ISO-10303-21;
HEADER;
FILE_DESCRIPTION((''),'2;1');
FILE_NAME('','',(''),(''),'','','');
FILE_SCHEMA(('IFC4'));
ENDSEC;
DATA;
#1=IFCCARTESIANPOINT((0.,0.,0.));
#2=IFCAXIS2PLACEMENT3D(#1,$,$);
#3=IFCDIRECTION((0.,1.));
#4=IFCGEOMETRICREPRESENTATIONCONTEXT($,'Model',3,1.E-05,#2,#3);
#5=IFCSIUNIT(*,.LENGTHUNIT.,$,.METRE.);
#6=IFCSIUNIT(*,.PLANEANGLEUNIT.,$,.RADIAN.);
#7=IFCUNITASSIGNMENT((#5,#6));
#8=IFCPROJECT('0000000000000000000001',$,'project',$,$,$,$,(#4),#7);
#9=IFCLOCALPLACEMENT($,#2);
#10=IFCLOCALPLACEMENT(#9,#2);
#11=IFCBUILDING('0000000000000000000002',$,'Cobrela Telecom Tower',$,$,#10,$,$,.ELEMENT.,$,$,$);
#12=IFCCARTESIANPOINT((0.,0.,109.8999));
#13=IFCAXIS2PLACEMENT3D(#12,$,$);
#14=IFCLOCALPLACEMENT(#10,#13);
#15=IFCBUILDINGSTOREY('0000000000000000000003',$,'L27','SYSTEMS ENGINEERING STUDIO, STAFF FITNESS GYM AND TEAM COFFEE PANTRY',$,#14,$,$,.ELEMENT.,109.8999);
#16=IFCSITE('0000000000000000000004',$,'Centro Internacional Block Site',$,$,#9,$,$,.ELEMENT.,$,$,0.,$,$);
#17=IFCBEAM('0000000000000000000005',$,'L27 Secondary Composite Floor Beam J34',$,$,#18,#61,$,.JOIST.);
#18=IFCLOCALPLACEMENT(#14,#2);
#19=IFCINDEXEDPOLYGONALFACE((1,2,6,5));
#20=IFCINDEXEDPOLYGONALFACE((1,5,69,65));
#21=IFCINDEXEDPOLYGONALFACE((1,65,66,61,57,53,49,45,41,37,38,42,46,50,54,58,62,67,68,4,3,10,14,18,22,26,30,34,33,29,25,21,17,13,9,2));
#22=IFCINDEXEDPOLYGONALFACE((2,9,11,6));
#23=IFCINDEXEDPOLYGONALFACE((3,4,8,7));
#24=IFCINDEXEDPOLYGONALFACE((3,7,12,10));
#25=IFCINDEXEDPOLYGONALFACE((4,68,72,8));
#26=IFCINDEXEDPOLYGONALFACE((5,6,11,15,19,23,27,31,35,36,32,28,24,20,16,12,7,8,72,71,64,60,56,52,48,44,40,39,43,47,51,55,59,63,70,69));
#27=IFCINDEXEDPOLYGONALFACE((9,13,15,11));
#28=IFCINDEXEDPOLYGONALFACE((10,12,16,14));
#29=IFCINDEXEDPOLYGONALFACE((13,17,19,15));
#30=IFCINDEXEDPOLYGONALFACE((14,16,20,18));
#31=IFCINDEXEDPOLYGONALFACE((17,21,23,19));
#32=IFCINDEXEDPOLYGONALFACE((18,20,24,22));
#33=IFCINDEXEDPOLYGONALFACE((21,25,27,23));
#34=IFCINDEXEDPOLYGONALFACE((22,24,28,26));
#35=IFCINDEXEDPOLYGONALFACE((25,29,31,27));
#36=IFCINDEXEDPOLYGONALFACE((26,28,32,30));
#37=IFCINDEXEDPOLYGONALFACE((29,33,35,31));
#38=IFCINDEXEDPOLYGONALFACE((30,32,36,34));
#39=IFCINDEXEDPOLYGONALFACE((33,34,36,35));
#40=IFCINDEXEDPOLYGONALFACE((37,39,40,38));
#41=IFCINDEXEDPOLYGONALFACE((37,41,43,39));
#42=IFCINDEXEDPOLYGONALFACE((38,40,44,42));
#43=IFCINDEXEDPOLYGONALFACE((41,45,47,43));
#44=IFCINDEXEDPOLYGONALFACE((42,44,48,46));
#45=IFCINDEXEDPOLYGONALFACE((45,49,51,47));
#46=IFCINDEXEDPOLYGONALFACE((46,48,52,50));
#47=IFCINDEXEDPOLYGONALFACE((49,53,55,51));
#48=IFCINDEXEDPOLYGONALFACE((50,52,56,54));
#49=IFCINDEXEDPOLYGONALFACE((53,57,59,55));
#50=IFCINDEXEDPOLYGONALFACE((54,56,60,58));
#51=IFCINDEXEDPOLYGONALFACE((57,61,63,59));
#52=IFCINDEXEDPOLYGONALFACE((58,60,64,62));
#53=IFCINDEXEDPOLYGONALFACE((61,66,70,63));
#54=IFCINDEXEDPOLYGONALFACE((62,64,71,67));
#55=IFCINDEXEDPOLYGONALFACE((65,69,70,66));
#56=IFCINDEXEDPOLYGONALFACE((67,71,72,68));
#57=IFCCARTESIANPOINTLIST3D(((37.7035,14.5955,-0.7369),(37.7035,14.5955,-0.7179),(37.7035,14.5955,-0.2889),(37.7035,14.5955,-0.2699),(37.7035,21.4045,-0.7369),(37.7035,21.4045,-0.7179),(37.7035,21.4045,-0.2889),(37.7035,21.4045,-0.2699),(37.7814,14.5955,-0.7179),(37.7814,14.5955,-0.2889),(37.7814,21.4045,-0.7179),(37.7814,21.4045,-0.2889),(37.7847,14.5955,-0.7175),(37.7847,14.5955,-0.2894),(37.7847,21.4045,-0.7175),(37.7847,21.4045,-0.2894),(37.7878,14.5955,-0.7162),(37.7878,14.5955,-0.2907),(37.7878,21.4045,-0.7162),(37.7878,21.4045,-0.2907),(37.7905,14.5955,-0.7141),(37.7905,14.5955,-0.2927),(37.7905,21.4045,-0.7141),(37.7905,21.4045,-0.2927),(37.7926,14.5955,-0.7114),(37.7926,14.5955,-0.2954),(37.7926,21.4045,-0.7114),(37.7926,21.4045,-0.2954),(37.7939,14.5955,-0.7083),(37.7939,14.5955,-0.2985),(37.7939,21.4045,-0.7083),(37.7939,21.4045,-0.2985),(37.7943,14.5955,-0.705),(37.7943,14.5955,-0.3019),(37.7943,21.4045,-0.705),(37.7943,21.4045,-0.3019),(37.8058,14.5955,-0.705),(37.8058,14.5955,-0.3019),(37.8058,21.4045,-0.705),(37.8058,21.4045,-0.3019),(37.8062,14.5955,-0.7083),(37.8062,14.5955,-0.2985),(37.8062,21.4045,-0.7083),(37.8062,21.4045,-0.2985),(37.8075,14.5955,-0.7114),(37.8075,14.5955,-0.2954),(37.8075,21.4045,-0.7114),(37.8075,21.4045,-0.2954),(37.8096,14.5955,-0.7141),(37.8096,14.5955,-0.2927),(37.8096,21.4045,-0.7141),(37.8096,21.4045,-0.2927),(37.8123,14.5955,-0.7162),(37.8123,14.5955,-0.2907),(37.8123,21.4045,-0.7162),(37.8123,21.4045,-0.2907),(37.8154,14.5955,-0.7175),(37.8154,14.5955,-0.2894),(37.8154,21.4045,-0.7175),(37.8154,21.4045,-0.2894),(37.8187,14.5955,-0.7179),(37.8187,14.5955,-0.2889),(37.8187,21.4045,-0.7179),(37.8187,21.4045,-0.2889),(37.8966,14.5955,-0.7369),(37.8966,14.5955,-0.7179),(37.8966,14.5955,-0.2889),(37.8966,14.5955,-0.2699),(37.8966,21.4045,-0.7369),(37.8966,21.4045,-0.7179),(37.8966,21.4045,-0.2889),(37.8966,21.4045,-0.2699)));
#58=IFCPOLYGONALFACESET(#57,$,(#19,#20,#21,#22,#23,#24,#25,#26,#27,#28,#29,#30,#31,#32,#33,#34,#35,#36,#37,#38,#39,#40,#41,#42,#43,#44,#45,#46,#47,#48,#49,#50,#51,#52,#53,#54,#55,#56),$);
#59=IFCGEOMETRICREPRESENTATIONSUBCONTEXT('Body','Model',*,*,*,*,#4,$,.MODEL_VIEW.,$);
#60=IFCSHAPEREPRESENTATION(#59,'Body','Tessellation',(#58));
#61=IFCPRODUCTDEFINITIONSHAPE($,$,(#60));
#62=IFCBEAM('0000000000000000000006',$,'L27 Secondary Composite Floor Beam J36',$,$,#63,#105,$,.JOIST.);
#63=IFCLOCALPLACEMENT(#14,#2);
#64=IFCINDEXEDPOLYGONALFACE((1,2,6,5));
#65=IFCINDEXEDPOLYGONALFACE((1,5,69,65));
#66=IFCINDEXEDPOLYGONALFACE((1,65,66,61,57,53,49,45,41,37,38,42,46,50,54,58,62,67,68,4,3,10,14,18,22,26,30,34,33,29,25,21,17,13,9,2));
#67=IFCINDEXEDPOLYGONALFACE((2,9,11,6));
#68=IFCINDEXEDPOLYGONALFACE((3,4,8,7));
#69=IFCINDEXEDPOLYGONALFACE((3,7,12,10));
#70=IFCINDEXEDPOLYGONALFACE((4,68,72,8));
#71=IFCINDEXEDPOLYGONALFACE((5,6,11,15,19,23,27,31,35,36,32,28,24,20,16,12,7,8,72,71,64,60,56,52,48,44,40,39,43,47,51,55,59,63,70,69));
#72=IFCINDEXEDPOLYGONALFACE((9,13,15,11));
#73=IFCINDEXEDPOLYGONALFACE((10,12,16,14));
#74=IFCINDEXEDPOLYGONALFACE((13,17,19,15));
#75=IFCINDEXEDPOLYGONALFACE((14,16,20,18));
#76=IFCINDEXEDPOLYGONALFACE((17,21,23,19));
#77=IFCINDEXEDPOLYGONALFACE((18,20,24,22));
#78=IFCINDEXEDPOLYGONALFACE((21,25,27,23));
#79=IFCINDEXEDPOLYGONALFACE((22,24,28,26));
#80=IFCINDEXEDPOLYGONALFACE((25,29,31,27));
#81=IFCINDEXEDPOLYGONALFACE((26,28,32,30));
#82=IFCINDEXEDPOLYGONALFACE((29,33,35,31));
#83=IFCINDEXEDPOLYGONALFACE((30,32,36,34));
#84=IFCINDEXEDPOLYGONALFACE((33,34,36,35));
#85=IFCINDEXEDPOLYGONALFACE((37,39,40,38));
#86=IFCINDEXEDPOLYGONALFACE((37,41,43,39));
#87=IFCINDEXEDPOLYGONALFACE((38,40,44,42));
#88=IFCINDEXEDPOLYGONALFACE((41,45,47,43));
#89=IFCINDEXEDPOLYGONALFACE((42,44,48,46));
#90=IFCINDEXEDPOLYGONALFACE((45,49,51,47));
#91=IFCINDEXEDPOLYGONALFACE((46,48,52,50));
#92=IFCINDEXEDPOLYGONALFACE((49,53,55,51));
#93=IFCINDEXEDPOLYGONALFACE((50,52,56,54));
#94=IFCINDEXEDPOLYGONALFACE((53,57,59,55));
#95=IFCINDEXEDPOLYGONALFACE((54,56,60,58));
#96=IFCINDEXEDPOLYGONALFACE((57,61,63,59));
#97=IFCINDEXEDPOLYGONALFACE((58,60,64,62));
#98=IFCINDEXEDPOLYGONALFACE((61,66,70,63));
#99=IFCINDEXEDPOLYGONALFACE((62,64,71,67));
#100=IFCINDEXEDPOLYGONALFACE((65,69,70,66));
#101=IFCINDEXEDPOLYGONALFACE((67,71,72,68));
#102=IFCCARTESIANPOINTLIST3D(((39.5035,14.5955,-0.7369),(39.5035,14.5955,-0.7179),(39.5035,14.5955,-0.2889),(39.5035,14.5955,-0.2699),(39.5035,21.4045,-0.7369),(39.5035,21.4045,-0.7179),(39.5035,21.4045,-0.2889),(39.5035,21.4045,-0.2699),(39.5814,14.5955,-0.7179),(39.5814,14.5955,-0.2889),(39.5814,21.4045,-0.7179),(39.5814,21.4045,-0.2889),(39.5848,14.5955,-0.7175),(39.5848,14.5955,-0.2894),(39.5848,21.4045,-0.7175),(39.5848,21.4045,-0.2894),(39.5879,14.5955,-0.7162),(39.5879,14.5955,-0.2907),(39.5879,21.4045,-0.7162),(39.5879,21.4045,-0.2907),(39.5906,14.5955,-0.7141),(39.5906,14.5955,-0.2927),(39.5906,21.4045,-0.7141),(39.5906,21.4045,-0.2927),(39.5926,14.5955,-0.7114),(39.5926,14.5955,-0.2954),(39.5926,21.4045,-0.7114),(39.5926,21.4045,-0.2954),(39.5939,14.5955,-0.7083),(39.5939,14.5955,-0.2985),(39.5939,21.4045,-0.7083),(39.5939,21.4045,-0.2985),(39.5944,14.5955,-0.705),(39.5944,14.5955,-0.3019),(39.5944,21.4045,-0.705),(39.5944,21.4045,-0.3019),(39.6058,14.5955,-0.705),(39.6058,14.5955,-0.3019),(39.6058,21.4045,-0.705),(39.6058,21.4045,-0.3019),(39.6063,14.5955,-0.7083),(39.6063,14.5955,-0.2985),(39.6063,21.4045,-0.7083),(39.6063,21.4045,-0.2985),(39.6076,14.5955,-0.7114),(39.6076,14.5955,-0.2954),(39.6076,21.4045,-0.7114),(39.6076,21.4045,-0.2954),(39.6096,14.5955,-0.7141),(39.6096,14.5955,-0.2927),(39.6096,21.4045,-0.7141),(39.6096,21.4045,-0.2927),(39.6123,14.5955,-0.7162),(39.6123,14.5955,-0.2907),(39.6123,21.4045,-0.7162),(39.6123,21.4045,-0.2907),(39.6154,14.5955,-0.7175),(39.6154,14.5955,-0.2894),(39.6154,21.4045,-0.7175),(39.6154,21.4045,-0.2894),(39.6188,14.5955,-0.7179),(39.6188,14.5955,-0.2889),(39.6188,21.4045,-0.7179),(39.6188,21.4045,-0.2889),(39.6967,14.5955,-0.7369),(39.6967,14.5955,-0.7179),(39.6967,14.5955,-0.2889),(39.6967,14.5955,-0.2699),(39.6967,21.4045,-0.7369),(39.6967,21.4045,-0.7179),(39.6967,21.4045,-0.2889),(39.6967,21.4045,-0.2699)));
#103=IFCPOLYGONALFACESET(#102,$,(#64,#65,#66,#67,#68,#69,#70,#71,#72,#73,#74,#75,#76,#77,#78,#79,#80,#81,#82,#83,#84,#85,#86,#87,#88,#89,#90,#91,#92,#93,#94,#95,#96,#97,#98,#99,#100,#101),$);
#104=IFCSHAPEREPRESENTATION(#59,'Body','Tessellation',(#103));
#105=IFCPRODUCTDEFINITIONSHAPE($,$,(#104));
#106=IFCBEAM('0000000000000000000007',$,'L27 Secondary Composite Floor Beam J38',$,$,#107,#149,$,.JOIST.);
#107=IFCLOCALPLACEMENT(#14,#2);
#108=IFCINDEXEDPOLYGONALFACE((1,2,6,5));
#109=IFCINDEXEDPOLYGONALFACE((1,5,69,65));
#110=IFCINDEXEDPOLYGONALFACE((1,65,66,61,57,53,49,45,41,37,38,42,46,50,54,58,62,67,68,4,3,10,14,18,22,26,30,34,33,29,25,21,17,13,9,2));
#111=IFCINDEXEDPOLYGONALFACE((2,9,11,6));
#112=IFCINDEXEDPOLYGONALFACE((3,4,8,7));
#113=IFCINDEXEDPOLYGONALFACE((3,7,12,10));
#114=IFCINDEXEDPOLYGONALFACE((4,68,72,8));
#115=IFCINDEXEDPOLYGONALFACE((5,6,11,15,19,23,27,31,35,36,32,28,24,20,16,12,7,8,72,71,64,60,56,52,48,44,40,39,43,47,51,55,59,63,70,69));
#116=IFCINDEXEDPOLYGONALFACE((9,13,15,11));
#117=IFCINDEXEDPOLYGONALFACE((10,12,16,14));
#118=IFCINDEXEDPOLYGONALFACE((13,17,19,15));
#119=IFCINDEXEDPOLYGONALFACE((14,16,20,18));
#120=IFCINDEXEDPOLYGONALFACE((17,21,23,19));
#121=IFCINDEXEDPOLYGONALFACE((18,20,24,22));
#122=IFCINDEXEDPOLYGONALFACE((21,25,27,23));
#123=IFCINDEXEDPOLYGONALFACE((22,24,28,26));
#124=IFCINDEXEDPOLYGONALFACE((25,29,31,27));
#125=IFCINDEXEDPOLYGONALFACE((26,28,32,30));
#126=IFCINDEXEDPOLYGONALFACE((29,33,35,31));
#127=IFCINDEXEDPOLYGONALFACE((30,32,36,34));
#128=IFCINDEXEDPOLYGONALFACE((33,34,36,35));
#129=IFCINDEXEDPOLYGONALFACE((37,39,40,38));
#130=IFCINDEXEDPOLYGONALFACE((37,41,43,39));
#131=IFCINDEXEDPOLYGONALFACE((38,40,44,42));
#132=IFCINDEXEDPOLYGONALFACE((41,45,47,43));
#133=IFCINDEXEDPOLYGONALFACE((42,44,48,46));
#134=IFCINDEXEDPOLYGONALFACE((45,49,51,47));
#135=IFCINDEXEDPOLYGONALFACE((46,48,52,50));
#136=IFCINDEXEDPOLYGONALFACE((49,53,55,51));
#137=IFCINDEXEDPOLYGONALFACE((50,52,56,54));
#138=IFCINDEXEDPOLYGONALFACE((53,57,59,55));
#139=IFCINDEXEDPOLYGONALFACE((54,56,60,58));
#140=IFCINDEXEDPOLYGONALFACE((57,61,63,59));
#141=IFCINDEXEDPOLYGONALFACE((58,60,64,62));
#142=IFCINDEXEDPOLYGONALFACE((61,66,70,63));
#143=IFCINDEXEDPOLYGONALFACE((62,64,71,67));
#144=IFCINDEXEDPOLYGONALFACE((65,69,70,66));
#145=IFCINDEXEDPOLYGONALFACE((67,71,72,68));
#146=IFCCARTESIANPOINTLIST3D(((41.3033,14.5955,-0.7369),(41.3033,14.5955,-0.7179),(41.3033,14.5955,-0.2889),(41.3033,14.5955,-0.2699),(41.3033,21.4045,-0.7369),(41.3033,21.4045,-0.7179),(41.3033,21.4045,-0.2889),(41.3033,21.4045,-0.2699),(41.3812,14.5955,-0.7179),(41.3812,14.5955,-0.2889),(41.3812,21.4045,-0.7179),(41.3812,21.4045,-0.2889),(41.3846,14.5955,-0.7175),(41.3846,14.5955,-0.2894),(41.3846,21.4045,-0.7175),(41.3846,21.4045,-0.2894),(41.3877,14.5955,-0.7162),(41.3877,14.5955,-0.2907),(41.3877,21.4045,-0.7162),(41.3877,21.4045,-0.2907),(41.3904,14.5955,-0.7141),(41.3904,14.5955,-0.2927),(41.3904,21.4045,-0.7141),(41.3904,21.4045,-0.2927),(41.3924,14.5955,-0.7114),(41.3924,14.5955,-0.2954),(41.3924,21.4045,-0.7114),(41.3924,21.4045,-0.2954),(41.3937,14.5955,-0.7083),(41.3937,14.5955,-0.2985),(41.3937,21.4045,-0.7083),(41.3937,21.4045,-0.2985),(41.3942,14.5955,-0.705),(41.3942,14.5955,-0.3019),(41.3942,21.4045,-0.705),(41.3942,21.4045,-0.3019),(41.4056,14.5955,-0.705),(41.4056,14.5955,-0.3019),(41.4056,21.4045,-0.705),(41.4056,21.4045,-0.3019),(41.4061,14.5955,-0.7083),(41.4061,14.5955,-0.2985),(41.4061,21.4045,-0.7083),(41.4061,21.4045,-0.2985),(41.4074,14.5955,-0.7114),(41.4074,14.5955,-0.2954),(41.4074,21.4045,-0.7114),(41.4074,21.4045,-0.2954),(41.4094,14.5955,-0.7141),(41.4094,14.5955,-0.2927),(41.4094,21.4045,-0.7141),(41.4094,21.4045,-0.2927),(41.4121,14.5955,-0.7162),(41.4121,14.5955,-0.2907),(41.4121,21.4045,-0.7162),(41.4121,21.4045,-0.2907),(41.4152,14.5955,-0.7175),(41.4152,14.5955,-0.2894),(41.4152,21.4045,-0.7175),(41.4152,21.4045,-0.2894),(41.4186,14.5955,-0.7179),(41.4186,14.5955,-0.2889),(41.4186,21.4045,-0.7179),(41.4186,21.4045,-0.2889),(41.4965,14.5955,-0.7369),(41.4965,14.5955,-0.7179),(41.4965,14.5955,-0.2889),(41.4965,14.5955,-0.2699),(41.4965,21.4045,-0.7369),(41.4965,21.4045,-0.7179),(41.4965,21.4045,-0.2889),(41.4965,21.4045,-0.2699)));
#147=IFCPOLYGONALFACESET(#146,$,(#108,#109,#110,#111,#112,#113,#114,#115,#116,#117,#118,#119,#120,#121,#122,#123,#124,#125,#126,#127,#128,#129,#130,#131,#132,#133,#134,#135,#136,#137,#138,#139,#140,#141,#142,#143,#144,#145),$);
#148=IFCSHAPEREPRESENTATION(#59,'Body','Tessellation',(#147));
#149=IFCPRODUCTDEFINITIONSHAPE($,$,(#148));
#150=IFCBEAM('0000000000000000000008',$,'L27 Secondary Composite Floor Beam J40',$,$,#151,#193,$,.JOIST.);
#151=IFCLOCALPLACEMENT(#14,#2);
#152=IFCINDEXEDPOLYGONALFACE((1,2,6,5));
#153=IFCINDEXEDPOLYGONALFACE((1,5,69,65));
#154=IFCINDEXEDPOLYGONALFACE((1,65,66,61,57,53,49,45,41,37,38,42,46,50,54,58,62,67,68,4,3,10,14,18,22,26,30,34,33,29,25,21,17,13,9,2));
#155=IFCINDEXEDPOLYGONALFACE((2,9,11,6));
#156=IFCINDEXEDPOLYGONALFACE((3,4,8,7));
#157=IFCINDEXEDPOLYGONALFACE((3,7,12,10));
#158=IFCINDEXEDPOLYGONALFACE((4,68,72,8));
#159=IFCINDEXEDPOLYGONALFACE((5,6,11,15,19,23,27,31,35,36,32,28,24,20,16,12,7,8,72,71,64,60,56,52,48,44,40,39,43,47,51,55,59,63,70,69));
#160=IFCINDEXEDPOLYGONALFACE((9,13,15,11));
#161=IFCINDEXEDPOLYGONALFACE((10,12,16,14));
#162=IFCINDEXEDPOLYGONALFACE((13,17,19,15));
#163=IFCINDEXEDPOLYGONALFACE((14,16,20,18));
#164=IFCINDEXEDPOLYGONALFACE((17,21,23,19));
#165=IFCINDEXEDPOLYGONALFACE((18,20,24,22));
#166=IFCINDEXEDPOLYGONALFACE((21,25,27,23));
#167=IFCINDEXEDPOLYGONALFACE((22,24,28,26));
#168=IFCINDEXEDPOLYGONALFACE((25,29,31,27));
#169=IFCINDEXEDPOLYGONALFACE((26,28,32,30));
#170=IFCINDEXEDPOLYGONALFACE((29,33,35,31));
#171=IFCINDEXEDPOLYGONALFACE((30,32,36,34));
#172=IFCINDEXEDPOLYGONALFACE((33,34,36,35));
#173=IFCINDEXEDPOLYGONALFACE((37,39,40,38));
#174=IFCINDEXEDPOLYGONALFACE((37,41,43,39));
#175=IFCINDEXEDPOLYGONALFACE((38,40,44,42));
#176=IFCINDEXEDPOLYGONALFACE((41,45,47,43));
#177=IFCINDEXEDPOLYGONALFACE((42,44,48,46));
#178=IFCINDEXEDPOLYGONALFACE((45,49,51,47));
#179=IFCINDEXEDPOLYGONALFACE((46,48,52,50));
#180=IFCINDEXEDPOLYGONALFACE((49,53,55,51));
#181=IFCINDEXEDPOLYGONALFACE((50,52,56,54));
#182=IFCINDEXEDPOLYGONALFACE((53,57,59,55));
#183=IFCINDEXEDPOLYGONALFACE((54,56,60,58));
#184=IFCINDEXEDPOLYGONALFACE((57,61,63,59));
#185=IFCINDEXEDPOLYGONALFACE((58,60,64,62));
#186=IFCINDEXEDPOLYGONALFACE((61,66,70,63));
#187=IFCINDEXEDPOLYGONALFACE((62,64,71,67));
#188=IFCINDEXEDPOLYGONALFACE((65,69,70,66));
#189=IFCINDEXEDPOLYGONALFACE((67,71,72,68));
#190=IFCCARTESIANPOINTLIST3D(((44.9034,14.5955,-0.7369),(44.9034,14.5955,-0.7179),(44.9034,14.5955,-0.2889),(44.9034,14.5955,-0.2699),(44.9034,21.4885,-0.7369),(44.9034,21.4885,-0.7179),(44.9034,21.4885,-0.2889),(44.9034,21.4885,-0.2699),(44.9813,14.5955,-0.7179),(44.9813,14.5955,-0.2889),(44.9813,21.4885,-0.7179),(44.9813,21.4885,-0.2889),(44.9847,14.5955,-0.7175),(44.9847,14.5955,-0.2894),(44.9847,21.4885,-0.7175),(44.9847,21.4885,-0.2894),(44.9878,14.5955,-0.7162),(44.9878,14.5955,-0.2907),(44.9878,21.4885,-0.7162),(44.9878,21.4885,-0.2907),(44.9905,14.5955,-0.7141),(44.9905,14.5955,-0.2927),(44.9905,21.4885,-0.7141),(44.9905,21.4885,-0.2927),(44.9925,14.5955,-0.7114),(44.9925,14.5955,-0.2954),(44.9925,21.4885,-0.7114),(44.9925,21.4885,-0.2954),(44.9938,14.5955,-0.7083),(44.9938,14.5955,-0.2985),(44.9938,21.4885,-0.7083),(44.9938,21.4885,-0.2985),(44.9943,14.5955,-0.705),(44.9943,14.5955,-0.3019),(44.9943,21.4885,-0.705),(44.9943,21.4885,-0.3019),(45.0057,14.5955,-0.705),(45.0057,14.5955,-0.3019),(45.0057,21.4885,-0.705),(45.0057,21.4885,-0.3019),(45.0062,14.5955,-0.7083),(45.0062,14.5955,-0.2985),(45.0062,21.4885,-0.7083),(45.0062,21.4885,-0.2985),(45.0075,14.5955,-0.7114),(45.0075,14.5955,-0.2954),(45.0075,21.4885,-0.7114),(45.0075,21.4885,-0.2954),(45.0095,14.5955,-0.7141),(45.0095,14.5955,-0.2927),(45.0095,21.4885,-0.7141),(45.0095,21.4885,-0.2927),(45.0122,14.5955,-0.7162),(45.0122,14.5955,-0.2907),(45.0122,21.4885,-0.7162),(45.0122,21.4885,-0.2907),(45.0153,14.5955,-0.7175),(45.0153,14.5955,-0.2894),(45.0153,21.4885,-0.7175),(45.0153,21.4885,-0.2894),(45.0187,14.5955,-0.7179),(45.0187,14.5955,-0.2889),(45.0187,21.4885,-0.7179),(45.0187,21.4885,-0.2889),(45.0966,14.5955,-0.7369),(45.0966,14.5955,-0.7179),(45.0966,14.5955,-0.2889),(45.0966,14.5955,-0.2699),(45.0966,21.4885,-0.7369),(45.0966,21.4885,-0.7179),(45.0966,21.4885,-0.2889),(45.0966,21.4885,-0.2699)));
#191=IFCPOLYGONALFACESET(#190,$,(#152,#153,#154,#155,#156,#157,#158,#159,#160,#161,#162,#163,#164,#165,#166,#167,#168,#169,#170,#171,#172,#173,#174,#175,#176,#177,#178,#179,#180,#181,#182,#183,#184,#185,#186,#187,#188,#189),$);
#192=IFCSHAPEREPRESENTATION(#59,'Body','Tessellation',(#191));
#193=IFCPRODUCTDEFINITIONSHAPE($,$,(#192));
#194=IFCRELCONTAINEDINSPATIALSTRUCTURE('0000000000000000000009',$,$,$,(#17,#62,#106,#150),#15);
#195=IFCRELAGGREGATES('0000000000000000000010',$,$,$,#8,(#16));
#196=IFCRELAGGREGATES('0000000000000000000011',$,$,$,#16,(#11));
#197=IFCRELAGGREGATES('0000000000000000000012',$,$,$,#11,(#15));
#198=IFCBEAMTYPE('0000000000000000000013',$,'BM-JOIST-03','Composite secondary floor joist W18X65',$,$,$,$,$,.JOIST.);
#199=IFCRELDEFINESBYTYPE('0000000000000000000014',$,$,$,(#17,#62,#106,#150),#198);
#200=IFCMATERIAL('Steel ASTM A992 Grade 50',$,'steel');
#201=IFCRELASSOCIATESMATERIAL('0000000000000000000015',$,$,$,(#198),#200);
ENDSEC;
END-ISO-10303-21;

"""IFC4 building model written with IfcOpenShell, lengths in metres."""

from ifc_helpers import new_model, si_unit, direction, frame, origin, origin_2d, place, context, subcontext, project, spatial, i_section, extrude, material, material_profile, profile_set, type_object, element, save


model = new_model("IFC4")

# Units and contexts
model_context = context("Model", 3, precision=1e-05, world=origin(), true_north=direction((0.0, 1.0)))
body_context = subcontext(model_context, "Body", "Model", "MODEL_VIEW")
ifc_project = project(units=[si_unit("LENGTHUNIT", "METRE"), si_unit("PLANEANGLEUNIT", "RADIAN")], contexts=[model_context])

# Site, building, storey
site_placement = place(None, origin())
site = spatial("IfcSite", under=ifc_project, at=site_placement, Name="Centro Internacional Block Site", CompositionType="ELEMENT", RefElevation=0.0)
building_placement = place(site_placement, origin())
building = spatial("IfcBuilding", under=site, at=building_placement, Name="Cobrela Telecom Tower", CompositionType="ELEMENT")
storey_placement = place(building_placement, frame((0.0, 0.0, 109.8999)))
storey = spatial("IfcBuildingStorey", under=building, at=storey_placement, Name="L27", Description="SYSTEMS ENGINEERING STUDIO, STAFF FITNESS GYM AND TEAM COFFEE PANTRY", CompositionType="ELEMENT", Elevation=109.8999)

# Shared definitions
ifc_material_1 = material(Name="Steel ASTM A992 Grade 50", Category="steel")

# Beams
ifc_material_profile_1 = material_profile(ifc_material_1, i_section(OverallWidth=0.1931, OverallDepth=0.467, WebThickness=0.0115, FlangeThickness=0.019, FilletRadius=0.0129, at=origin_2d()), Name="W18X65")
ifc_profile_set_1 = profile_set([ifc_material_profile_1], Name="Steel ASTM A992 Grade 50")
beam_type_1 = type_object("IfcBeamType", Name="BM-JOIST-03", Description="Composite secondary floor joist W18X65", PredefinedType="JOIST", material=ifc_profile_set_1)
for number, where, z_axis, x_axis, name in (
    (1, (37.8, 14.5955, -0.5034), (0.0, 1.0, 0.0), (-1.0, 0.0, 0.0), "L27 Secondary Composite Floor Beam J34"),
    (2, (39.6001, 14.5955, -0.5034), (0.0, 1.0, 0.0), (-1.0, 0.0, 0.0), "L27 Secondary Composite Floor Beam J36"),
    (3, (41.3999, 14.5955, -0.5034), (0.0, 1.0, 0.0), (-1.0, 0.0, 0.0), "L27 Secondary Composite Floor Beam J38"),
):
    element("IfcBeam", number, at=place(storey_placement, frame(where, z_axis=z_axis, x_axis=x_axis)), inside=storey, type_object=beam_type_1, Name=name, PredefinedType="JOIST", context=body_context, shape_type="SweptSolid", body=[
        extrude(i_section(OverallWidth=0.1931, OverallDepth=0.467, WebThickness=0.0115, FlangeThickness=0.019, FilletRadius=0.0129, at=origin_2d()), origin(), (0.0, 0.0, 1.0), 6.8091),
    ])
beam_1_placement = place(storey_placement, frame((45.0, 14.5955, -0.5034), z_axis=(0.0, 1.0, 0.0), x_axis=(-1.0, 0.0, 0.0)))
element("IfcBeam", 4, at=beam_1_placement, inside=storey, type_object=beam_type_1, Name="L27 Secondary Composite Floor Beam J40", PredefinedType="JOIST", context=body_context, shape_type="SweptSolid", body=[
    extrude(i_section(OverallWidth=0.1931, OverallDepth=0.467, WebThickness=0.0115, FlangeThickness=0.019, FilletRadius=0.0129, at=origin_2d()), origin(), (0.0, 0.0, 1.0), 6.8931),
])

save(model, "model.ifc")
